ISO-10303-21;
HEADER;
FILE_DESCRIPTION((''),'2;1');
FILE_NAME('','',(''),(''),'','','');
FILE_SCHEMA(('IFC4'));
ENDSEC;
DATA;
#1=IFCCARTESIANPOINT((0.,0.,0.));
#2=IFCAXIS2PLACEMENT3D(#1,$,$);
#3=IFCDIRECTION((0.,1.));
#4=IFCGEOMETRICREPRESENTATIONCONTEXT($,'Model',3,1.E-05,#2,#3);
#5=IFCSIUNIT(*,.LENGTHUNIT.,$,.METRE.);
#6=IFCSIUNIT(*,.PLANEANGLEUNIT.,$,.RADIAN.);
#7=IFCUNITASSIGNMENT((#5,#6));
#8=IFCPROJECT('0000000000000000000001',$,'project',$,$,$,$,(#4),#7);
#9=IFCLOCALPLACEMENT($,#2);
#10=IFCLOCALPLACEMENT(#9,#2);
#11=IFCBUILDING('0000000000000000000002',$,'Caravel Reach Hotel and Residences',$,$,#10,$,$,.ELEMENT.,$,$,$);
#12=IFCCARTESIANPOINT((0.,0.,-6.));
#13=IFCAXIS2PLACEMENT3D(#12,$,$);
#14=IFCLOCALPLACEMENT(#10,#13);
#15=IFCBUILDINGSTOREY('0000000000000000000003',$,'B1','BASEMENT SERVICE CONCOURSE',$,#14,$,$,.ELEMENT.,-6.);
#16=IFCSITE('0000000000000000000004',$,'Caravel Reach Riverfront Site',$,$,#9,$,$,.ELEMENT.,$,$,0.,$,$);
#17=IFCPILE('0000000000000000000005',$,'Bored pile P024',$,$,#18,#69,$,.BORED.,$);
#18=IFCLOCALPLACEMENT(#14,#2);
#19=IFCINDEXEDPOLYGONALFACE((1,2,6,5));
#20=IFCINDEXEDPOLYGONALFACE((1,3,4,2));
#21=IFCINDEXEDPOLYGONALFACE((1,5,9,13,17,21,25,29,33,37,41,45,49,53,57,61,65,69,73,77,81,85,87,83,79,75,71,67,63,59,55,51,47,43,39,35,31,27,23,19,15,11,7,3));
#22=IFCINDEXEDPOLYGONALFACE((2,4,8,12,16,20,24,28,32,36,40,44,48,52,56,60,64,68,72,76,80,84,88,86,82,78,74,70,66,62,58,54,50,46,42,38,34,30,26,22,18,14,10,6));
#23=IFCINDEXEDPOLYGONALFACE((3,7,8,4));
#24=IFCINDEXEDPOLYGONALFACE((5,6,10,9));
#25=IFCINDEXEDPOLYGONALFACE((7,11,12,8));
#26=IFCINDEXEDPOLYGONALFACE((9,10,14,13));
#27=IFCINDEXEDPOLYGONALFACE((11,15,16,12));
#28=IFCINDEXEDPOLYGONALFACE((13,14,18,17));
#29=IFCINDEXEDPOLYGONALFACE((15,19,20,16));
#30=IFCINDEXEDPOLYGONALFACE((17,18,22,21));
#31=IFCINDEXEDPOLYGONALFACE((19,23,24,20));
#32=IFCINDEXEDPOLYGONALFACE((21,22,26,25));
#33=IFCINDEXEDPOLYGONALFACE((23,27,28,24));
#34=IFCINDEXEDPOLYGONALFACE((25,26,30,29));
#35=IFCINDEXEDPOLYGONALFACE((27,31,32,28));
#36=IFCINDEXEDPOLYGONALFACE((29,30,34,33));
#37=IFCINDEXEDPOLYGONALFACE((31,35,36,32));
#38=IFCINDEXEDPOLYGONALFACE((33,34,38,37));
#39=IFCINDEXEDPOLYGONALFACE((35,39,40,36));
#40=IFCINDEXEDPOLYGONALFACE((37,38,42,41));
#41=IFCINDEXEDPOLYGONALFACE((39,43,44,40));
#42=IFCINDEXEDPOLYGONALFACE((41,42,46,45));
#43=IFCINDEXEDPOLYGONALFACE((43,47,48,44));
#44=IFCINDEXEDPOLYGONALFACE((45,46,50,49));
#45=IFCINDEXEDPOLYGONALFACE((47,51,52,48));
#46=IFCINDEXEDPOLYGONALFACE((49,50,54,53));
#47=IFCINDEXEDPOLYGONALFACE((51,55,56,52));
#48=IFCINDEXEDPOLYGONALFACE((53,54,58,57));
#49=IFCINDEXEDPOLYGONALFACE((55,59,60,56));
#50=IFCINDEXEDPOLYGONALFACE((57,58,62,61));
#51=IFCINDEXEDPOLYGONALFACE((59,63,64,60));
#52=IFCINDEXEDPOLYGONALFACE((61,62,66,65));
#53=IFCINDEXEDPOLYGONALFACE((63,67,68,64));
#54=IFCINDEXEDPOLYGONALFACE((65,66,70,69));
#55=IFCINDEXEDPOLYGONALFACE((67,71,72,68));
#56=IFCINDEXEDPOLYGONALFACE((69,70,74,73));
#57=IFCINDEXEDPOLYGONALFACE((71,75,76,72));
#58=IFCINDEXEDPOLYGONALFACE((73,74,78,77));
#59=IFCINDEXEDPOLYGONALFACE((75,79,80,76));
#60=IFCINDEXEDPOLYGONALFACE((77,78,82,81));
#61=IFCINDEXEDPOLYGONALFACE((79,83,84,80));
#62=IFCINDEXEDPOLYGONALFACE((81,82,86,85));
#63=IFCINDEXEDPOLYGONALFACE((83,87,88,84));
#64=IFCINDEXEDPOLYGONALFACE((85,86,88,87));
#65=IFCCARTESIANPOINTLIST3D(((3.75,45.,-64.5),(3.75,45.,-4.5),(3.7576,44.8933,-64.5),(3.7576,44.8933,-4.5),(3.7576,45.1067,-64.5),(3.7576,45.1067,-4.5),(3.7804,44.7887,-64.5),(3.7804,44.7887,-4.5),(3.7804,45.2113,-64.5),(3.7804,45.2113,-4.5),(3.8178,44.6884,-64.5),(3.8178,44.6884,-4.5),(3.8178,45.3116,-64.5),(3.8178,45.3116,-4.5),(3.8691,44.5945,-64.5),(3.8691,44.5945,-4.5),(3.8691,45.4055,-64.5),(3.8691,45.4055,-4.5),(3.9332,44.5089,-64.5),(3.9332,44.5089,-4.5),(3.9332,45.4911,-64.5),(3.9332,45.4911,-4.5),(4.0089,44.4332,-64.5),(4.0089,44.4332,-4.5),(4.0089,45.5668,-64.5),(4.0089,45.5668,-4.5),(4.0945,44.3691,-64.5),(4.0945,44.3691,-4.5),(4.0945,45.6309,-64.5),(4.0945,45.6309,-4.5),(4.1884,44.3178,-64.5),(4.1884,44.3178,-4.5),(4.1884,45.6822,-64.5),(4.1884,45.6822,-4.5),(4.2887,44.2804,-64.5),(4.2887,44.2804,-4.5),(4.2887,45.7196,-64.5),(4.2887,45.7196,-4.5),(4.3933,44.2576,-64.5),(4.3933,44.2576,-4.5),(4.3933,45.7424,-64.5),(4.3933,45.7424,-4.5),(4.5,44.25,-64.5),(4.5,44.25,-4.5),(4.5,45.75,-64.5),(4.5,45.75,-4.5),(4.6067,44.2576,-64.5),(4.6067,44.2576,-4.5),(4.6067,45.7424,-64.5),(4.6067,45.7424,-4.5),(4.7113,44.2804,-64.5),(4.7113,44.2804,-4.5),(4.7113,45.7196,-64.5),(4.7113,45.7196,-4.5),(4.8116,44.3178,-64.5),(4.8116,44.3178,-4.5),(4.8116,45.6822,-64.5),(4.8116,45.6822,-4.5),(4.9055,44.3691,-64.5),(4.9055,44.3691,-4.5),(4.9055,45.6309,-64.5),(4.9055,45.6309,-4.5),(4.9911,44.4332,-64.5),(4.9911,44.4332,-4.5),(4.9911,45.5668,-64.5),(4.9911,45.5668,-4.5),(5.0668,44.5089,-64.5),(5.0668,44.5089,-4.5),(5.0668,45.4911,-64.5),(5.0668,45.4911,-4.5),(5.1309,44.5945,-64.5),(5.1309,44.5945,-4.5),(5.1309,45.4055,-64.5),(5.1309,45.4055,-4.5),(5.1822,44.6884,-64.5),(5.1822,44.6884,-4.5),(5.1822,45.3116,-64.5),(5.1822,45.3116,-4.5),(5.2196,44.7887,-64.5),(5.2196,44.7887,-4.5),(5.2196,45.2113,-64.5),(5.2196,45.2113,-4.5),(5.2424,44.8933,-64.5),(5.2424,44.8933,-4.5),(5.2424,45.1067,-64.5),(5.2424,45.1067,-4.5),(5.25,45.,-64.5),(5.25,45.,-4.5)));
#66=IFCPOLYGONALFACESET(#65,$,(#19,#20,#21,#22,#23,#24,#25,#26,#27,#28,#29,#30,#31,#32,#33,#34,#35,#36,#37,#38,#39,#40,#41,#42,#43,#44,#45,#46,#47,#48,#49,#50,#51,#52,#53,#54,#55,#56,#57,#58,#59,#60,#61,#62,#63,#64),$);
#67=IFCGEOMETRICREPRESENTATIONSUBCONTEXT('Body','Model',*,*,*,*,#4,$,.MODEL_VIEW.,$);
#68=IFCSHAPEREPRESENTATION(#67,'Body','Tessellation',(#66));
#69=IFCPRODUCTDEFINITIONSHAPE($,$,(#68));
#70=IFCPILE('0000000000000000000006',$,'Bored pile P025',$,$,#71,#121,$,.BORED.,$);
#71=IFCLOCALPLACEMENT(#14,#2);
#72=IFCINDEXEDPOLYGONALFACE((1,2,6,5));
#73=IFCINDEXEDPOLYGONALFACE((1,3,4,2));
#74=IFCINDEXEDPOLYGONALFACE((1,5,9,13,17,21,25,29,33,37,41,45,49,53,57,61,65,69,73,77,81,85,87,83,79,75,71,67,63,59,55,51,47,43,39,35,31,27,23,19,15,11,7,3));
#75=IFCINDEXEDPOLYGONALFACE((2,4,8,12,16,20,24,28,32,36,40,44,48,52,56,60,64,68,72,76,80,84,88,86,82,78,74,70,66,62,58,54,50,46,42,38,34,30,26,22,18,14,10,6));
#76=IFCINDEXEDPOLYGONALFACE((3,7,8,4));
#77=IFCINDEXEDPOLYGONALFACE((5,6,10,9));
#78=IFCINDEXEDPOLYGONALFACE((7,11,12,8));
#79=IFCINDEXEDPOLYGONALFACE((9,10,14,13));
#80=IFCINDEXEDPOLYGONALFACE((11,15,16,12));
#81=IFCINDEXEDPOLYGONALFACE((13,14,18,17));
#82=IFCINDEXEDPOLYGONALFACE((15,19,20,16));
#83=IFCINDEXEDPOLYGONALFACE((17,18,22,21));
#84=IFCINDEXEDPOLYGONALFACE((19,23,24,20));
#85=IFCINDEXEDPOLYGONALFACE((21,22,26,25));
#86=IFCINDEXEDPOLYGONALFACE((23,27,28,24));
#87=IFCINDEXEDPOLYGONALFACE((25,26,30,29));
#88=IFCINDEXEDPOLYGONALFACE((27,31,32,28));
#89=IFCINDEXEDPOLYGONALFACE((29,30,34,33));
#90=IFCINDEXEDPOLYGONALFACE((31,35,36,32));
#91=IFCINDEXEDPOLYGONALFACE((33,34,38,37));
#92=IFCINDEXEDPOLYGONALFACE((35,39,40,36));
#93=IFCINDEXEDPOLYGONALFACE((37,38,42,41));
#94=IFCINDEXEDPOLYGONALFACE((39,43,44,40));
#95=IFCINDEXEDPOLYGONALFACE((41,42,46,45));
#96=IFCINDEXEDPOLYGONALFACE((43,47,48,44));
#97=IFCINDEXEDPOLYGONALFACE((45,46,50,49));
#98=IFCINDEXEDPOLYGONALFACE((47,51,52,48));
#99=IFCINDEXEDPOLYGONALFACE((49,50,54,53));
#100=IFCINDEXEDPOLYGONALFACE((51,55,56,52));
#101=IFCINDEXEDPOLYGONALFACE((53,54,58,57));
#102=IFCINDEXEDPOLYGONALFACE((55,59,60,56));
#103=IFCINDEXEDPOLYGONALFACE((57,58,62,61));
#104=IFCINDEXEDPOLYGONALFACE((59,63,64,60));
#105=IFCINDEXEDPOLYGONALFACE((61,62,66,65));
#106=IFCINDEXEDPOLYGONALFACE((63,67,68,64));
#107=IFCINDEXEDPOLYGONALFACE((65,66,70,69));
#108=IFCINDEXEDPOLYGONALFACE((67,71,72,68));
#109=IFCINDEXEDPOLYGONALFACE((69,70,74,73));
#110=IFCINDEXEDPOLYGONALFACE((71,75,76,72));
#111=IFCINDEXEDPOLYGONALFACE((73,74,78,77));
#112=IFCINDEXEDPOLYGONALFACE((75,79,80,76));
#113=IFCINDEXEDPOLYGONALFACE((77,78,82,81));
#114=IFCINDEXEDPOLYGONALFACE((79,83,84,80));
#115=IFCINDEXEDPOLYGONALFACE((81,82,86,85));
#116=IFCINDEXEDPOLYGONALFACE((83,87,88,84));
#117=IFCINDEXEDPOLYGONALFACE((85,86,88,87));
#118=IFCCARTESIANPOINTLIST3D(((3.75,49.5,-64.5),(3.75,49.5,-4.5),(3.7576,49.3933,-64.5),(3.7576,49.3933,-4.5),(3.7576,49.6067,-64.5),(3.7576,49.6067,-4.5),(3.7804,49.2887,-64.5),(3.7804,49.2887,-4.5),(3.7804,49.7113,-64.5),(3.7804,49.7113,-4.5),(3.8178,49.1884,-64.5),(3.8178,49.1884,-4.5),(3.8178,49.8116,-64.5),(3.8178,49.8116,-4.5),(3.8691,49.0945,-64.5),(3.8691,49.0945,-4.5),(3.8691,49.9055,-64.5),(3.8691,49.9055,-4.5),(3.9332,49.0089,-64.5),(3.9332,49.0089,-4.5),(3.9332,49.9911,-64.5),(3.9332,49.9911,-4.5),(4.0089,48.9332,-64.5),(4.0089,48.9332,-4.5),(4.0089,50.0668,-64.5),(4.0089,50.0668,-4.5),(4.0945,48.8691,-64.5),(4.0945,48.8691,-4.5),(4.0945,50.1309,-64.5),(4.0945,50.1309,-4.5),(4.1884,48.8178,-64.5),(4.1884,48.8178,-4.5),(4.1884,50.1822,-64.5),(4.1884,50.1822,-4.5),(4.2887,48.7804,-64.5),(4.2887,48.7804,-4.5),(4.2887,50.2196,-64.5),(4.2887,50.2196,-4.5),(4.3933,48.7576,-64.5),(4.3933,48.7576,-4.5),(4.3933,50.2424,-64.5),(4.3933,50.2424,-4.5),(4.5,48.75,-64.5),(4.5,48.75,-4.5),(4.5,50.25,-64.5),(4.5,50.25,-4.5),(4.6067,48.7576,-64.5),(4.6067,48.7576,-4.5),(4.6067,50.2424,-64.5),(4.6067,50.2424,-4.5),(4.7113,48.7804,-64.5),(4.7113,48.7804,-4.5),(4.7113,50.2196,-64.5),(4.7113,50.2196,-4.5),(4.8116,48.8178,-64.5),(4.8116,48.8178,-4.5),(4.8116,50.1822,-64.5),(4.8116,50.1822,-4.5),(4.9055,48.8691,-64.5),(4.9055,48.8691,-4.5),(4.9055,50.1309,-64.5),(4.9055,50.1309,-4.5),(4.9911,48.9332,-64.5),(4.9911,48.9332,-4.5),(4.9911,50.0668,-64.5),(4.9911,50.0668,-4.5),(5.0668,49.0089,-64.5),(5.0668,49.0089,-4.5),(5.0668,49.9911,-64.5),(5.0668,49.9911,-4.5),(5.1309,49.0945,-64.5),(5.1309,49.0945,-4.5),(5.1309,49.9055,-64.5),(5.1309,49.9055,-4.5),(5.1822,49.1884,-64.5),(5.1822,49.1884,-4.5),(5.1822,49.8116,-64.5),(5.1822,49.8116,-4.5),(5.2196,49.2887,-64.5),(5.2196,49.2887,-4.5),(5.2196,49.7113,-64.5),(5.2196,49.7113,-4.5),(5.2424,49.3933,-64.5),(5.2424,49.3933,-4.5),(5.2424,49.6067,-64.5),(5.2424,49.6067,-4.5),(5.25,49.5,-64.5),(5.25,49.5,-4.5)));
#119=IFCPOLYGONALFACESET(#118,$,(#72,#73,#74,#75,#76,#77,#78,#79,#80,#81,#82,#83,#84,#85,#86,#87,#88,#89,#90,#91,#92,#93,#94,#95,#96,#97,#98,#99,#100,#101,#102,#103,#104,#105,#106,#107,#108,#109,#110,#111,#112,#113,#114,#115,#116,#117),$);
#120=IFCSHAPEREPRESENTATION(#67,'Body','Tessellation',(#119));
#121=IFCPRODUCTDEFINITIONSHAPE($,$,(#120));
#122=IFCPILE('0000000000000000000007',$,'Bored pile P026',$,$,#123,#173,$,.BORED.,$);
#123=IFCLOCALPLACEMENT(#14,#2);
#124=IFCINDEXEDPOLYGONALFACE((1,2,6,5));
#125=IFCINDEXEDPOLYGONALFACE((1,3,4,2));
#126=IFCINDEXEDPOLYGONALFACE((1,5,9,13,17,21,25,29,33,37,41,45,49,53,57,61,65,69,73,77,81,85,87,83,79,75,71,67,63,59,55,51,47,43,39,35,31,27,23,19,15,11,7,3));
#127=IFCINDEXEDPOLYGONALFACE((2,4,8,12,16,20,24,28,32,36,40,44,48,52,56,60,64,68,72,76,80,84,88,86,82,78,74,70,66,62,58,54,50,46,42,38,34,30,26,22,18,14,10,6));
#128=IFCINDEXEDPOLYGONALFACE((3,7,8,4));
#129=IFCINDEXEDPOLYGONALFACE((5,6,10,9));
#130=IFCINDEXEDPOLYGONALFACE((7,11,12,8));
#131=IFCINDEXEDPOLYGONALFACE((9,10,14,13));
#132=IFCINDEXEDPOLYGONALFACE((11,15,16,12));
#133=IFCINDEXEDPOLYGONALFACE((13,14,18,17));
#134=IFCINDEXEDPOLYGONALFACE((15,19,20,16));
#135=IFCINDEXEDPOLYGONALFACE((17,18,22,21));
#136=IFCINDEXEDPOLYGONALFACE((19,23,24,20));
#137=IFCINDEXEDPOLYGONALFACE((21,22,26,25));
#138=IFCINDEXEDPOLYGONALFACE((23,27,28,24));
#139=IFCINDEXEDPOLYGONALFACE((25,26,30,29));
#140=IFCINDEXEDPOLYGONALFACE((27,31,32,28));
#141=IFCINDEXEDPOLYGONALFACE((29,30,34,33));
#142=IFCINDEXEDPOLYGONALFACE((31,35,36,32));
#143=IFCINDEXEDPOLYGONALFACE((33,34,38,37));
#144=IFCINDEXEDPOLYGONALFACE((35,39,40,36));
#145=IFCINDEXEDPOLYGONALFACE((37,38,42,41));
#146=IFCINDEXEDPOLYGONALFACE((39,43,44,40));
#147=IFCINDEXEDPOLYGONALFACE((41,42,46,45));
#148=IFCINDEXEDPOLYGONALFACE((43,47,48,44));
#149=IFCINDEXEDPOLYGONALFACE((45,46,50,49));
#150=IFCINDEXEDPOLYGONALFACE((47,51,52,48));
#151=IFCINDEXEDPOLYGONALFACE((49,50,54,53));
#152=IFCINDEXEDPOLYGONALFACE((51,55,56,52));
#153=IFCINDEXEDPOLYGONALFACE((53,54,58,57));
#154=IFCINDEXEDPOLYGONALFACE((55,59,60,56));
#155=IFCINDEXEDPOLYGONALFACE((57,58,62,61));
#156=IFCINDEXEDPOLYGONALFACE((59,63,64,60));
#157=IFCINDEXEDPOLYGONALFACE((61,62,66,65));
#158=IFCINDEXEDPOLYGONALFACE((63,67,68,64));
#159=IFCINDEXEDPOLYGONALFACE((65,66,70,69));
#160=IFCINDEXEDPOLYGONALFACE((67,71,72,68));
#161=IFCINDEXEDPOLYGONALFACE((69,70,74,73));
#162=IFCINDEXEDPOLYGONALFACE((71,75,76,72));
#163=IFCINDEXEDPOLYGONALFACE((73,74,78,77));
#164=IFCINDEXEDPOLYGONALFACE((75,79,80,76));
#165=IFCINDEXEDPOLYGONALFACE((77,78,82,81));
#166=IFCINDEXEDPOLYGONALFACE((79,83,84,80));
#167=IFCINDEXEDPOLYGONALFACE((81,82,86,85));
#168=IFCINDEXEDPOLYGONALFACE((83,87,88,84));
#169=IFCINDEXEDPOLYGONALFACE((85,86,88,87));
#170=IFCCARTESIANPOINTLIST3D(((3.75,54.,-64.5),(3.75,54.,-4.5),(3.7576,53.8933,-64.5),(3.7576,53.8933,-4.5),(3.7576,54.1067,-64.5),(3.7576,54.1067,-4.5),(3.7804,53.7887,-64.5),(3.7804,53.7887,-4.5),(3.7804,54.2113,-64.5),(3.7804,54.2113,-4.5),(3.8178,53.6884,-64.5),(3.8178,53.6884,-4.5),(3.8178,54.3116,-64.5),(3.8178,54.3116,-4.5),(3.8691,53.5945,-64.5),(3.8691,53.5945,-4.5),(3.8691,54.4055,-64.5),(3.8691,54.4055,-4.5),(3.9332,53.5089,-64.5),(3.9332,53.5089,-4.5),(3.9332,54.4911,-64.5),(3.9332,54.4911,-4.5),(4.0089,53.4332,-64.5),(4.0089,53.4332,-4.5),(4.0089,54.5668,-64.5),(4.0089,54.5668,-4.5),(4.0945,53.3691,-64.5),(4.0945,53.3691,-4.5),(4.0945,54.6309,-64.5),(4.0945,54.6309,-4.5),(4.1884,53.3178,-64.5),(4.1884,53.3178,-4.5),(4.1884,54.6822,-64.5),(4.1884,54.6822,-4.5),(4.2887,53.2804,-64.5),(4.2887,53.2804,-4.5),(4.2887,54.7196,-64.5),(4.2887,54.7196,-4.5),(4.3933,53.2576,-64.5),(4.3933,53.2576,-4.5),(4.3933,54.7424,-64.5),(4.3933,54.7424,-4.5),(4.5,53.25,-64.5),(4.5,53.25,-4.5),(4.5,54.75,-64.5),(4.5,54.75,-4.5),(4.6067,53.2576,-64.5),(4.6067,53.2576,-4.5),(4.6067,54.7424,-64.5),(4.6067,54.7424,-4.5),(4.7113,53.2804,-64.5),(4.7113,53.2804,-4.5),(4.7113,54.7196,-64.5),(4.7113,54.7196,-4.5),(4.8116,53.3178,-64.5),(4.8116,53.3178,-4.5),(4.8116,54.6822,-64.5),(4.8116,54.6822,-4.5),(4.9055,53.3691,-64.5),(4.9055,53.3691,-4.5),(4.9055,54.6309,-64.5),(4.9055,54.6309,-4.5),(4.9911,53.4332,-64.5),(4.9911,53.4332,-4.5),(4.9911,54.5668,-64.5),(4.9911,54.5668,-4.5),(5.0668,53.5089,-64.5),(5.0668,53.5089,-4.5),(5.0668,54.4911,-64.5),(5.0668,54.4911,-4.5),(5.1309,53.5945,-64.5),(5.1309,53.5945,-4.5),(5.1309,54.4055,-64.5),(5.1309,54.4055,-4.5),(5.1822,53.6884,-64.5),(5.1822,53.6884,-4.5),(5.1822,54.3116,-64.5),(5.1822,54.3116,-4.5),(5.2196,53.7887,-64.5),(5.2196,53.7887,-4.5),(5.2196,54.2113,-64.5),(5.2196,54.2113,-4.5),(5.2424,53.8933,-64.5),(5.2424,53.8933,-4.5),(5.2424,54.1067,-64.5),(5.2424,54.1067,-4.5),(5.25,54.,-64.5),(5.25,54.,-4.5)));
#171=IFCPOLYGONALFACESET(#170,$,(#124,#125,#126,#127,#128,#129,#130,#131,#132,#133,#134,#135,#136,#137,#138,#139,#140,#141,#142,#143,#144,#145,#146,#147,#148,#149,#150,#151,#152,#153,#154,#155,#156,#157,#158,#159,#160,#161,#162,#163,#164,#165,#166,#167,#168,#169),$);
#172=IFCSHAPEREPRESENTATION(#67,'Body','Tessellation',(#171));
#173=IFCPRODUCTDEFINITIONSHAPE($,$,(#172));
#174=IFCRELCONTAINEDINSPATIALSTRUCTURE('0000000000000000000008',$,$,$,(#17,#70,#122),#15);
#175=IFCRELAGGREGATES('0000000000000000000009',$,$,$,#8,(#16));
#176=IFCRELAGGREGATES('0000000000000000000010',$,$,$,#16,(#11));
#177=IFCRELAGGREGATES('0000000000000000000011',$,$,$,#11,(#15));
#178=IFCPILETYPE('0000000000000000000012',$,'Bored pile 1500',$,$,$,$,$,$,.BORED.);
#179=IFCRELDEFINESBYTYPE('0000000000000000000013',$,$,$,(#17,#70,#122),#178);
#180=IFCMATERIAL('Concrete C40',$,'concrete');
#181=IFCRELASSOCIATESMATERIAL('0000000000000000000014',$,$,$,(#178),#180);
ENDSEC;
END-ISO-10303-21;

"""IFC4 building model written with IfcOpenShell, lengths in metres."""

from ifc_helpers import new_model, si_unit, direction, frame, origin, origin_2d, place, context, subcontext, project, spatial, circle, extrude, material, material_profile, profile_set, type_object, element, save


model = new_model("IFC4")

# Units and contexts
model_context = context("Model", 3, precision=1e-05, world=origin(), true_north=direction((0.0, 1.0)))
body_context = subcontext(model_context, "Body", "Model", "MODEL_VIEW")
ifc_project = project(units=[si_unit("LENGTHUNIT", "METRE"), si_unit("PLANEANGLEUNIT", "RADIAN")], contexts=[model_context])

# Site, building, storey
site_placement = place(None, origin())
site = spatial("IfcSite", under=ifc_project, at=site_placement, Name="Caravel Reach Riverfront Site", CompositionType="ELEMENT", RefElevation=0.0)
building_placement = place(site_placement, origin())
building = spatial("IfcBuilding", under=site, at=building_placement, Name="Caravel Reach Hotel and Residences", CompositionType="ELEMENT")
storey_placement = place(building_placement, frame((0.0, 0.0, -6.0)))
storey = spatial("IfcBuildingStorey", under=building, at=storey_placement, Name="B1", Description="BASEMENT SERVICE CONCOURSE", CompositionType="ELEMENT", Elevation=-6.0)

# Piles
ifc_material_1 = material(Name="Concrete C40", Category="concrete")
ifc_material_profile_1 = material_profile(ifc_material_1, circle(Radius=0.75, at=origin_2d()), Name="PILE 1500")
ifc_profile_set_1 = profile_set([ifc_material_profile_1], Name="Concrete C40")
pile_type = type_object("IfcPileType", Name="Bored pile 1500", PredefinedType="BORED", material=ifc_profile_set_1)
for number, where, z_axis, x_axis, name in (
    (1, (4.5, 45.0, -4.5), (0.0, 0.0, -1.0), (1.0, 0.0, 0.0), "Bored pile P024"),
    (2, (4.5, 49.5, -4.5), (0.0, 0.0, -1.0), (1.0, 0.0, 0.0), "Bored pile P025"),
    (3, (4.5, 54.0, -4.5), (0.0, 0.0, -1.0), (1.0, 0.0, 0.0), "Bored pile P026"),
):
    element("IfcPile", number, at=place(storey_placement, frame(where, z_axis=z_axis, x_axis=x_axis)), inside=storey, type_object=pile_type, Name=name, PredefinedType="BORED", context=body_context, shape_type="SweptSolid", body=[
        extrude(circle(Radius=0.75, at=origin_2d()), origin(), (0.0, 0.0, 1.0), 60.0),
    ])

save(model, "model.ifc")
